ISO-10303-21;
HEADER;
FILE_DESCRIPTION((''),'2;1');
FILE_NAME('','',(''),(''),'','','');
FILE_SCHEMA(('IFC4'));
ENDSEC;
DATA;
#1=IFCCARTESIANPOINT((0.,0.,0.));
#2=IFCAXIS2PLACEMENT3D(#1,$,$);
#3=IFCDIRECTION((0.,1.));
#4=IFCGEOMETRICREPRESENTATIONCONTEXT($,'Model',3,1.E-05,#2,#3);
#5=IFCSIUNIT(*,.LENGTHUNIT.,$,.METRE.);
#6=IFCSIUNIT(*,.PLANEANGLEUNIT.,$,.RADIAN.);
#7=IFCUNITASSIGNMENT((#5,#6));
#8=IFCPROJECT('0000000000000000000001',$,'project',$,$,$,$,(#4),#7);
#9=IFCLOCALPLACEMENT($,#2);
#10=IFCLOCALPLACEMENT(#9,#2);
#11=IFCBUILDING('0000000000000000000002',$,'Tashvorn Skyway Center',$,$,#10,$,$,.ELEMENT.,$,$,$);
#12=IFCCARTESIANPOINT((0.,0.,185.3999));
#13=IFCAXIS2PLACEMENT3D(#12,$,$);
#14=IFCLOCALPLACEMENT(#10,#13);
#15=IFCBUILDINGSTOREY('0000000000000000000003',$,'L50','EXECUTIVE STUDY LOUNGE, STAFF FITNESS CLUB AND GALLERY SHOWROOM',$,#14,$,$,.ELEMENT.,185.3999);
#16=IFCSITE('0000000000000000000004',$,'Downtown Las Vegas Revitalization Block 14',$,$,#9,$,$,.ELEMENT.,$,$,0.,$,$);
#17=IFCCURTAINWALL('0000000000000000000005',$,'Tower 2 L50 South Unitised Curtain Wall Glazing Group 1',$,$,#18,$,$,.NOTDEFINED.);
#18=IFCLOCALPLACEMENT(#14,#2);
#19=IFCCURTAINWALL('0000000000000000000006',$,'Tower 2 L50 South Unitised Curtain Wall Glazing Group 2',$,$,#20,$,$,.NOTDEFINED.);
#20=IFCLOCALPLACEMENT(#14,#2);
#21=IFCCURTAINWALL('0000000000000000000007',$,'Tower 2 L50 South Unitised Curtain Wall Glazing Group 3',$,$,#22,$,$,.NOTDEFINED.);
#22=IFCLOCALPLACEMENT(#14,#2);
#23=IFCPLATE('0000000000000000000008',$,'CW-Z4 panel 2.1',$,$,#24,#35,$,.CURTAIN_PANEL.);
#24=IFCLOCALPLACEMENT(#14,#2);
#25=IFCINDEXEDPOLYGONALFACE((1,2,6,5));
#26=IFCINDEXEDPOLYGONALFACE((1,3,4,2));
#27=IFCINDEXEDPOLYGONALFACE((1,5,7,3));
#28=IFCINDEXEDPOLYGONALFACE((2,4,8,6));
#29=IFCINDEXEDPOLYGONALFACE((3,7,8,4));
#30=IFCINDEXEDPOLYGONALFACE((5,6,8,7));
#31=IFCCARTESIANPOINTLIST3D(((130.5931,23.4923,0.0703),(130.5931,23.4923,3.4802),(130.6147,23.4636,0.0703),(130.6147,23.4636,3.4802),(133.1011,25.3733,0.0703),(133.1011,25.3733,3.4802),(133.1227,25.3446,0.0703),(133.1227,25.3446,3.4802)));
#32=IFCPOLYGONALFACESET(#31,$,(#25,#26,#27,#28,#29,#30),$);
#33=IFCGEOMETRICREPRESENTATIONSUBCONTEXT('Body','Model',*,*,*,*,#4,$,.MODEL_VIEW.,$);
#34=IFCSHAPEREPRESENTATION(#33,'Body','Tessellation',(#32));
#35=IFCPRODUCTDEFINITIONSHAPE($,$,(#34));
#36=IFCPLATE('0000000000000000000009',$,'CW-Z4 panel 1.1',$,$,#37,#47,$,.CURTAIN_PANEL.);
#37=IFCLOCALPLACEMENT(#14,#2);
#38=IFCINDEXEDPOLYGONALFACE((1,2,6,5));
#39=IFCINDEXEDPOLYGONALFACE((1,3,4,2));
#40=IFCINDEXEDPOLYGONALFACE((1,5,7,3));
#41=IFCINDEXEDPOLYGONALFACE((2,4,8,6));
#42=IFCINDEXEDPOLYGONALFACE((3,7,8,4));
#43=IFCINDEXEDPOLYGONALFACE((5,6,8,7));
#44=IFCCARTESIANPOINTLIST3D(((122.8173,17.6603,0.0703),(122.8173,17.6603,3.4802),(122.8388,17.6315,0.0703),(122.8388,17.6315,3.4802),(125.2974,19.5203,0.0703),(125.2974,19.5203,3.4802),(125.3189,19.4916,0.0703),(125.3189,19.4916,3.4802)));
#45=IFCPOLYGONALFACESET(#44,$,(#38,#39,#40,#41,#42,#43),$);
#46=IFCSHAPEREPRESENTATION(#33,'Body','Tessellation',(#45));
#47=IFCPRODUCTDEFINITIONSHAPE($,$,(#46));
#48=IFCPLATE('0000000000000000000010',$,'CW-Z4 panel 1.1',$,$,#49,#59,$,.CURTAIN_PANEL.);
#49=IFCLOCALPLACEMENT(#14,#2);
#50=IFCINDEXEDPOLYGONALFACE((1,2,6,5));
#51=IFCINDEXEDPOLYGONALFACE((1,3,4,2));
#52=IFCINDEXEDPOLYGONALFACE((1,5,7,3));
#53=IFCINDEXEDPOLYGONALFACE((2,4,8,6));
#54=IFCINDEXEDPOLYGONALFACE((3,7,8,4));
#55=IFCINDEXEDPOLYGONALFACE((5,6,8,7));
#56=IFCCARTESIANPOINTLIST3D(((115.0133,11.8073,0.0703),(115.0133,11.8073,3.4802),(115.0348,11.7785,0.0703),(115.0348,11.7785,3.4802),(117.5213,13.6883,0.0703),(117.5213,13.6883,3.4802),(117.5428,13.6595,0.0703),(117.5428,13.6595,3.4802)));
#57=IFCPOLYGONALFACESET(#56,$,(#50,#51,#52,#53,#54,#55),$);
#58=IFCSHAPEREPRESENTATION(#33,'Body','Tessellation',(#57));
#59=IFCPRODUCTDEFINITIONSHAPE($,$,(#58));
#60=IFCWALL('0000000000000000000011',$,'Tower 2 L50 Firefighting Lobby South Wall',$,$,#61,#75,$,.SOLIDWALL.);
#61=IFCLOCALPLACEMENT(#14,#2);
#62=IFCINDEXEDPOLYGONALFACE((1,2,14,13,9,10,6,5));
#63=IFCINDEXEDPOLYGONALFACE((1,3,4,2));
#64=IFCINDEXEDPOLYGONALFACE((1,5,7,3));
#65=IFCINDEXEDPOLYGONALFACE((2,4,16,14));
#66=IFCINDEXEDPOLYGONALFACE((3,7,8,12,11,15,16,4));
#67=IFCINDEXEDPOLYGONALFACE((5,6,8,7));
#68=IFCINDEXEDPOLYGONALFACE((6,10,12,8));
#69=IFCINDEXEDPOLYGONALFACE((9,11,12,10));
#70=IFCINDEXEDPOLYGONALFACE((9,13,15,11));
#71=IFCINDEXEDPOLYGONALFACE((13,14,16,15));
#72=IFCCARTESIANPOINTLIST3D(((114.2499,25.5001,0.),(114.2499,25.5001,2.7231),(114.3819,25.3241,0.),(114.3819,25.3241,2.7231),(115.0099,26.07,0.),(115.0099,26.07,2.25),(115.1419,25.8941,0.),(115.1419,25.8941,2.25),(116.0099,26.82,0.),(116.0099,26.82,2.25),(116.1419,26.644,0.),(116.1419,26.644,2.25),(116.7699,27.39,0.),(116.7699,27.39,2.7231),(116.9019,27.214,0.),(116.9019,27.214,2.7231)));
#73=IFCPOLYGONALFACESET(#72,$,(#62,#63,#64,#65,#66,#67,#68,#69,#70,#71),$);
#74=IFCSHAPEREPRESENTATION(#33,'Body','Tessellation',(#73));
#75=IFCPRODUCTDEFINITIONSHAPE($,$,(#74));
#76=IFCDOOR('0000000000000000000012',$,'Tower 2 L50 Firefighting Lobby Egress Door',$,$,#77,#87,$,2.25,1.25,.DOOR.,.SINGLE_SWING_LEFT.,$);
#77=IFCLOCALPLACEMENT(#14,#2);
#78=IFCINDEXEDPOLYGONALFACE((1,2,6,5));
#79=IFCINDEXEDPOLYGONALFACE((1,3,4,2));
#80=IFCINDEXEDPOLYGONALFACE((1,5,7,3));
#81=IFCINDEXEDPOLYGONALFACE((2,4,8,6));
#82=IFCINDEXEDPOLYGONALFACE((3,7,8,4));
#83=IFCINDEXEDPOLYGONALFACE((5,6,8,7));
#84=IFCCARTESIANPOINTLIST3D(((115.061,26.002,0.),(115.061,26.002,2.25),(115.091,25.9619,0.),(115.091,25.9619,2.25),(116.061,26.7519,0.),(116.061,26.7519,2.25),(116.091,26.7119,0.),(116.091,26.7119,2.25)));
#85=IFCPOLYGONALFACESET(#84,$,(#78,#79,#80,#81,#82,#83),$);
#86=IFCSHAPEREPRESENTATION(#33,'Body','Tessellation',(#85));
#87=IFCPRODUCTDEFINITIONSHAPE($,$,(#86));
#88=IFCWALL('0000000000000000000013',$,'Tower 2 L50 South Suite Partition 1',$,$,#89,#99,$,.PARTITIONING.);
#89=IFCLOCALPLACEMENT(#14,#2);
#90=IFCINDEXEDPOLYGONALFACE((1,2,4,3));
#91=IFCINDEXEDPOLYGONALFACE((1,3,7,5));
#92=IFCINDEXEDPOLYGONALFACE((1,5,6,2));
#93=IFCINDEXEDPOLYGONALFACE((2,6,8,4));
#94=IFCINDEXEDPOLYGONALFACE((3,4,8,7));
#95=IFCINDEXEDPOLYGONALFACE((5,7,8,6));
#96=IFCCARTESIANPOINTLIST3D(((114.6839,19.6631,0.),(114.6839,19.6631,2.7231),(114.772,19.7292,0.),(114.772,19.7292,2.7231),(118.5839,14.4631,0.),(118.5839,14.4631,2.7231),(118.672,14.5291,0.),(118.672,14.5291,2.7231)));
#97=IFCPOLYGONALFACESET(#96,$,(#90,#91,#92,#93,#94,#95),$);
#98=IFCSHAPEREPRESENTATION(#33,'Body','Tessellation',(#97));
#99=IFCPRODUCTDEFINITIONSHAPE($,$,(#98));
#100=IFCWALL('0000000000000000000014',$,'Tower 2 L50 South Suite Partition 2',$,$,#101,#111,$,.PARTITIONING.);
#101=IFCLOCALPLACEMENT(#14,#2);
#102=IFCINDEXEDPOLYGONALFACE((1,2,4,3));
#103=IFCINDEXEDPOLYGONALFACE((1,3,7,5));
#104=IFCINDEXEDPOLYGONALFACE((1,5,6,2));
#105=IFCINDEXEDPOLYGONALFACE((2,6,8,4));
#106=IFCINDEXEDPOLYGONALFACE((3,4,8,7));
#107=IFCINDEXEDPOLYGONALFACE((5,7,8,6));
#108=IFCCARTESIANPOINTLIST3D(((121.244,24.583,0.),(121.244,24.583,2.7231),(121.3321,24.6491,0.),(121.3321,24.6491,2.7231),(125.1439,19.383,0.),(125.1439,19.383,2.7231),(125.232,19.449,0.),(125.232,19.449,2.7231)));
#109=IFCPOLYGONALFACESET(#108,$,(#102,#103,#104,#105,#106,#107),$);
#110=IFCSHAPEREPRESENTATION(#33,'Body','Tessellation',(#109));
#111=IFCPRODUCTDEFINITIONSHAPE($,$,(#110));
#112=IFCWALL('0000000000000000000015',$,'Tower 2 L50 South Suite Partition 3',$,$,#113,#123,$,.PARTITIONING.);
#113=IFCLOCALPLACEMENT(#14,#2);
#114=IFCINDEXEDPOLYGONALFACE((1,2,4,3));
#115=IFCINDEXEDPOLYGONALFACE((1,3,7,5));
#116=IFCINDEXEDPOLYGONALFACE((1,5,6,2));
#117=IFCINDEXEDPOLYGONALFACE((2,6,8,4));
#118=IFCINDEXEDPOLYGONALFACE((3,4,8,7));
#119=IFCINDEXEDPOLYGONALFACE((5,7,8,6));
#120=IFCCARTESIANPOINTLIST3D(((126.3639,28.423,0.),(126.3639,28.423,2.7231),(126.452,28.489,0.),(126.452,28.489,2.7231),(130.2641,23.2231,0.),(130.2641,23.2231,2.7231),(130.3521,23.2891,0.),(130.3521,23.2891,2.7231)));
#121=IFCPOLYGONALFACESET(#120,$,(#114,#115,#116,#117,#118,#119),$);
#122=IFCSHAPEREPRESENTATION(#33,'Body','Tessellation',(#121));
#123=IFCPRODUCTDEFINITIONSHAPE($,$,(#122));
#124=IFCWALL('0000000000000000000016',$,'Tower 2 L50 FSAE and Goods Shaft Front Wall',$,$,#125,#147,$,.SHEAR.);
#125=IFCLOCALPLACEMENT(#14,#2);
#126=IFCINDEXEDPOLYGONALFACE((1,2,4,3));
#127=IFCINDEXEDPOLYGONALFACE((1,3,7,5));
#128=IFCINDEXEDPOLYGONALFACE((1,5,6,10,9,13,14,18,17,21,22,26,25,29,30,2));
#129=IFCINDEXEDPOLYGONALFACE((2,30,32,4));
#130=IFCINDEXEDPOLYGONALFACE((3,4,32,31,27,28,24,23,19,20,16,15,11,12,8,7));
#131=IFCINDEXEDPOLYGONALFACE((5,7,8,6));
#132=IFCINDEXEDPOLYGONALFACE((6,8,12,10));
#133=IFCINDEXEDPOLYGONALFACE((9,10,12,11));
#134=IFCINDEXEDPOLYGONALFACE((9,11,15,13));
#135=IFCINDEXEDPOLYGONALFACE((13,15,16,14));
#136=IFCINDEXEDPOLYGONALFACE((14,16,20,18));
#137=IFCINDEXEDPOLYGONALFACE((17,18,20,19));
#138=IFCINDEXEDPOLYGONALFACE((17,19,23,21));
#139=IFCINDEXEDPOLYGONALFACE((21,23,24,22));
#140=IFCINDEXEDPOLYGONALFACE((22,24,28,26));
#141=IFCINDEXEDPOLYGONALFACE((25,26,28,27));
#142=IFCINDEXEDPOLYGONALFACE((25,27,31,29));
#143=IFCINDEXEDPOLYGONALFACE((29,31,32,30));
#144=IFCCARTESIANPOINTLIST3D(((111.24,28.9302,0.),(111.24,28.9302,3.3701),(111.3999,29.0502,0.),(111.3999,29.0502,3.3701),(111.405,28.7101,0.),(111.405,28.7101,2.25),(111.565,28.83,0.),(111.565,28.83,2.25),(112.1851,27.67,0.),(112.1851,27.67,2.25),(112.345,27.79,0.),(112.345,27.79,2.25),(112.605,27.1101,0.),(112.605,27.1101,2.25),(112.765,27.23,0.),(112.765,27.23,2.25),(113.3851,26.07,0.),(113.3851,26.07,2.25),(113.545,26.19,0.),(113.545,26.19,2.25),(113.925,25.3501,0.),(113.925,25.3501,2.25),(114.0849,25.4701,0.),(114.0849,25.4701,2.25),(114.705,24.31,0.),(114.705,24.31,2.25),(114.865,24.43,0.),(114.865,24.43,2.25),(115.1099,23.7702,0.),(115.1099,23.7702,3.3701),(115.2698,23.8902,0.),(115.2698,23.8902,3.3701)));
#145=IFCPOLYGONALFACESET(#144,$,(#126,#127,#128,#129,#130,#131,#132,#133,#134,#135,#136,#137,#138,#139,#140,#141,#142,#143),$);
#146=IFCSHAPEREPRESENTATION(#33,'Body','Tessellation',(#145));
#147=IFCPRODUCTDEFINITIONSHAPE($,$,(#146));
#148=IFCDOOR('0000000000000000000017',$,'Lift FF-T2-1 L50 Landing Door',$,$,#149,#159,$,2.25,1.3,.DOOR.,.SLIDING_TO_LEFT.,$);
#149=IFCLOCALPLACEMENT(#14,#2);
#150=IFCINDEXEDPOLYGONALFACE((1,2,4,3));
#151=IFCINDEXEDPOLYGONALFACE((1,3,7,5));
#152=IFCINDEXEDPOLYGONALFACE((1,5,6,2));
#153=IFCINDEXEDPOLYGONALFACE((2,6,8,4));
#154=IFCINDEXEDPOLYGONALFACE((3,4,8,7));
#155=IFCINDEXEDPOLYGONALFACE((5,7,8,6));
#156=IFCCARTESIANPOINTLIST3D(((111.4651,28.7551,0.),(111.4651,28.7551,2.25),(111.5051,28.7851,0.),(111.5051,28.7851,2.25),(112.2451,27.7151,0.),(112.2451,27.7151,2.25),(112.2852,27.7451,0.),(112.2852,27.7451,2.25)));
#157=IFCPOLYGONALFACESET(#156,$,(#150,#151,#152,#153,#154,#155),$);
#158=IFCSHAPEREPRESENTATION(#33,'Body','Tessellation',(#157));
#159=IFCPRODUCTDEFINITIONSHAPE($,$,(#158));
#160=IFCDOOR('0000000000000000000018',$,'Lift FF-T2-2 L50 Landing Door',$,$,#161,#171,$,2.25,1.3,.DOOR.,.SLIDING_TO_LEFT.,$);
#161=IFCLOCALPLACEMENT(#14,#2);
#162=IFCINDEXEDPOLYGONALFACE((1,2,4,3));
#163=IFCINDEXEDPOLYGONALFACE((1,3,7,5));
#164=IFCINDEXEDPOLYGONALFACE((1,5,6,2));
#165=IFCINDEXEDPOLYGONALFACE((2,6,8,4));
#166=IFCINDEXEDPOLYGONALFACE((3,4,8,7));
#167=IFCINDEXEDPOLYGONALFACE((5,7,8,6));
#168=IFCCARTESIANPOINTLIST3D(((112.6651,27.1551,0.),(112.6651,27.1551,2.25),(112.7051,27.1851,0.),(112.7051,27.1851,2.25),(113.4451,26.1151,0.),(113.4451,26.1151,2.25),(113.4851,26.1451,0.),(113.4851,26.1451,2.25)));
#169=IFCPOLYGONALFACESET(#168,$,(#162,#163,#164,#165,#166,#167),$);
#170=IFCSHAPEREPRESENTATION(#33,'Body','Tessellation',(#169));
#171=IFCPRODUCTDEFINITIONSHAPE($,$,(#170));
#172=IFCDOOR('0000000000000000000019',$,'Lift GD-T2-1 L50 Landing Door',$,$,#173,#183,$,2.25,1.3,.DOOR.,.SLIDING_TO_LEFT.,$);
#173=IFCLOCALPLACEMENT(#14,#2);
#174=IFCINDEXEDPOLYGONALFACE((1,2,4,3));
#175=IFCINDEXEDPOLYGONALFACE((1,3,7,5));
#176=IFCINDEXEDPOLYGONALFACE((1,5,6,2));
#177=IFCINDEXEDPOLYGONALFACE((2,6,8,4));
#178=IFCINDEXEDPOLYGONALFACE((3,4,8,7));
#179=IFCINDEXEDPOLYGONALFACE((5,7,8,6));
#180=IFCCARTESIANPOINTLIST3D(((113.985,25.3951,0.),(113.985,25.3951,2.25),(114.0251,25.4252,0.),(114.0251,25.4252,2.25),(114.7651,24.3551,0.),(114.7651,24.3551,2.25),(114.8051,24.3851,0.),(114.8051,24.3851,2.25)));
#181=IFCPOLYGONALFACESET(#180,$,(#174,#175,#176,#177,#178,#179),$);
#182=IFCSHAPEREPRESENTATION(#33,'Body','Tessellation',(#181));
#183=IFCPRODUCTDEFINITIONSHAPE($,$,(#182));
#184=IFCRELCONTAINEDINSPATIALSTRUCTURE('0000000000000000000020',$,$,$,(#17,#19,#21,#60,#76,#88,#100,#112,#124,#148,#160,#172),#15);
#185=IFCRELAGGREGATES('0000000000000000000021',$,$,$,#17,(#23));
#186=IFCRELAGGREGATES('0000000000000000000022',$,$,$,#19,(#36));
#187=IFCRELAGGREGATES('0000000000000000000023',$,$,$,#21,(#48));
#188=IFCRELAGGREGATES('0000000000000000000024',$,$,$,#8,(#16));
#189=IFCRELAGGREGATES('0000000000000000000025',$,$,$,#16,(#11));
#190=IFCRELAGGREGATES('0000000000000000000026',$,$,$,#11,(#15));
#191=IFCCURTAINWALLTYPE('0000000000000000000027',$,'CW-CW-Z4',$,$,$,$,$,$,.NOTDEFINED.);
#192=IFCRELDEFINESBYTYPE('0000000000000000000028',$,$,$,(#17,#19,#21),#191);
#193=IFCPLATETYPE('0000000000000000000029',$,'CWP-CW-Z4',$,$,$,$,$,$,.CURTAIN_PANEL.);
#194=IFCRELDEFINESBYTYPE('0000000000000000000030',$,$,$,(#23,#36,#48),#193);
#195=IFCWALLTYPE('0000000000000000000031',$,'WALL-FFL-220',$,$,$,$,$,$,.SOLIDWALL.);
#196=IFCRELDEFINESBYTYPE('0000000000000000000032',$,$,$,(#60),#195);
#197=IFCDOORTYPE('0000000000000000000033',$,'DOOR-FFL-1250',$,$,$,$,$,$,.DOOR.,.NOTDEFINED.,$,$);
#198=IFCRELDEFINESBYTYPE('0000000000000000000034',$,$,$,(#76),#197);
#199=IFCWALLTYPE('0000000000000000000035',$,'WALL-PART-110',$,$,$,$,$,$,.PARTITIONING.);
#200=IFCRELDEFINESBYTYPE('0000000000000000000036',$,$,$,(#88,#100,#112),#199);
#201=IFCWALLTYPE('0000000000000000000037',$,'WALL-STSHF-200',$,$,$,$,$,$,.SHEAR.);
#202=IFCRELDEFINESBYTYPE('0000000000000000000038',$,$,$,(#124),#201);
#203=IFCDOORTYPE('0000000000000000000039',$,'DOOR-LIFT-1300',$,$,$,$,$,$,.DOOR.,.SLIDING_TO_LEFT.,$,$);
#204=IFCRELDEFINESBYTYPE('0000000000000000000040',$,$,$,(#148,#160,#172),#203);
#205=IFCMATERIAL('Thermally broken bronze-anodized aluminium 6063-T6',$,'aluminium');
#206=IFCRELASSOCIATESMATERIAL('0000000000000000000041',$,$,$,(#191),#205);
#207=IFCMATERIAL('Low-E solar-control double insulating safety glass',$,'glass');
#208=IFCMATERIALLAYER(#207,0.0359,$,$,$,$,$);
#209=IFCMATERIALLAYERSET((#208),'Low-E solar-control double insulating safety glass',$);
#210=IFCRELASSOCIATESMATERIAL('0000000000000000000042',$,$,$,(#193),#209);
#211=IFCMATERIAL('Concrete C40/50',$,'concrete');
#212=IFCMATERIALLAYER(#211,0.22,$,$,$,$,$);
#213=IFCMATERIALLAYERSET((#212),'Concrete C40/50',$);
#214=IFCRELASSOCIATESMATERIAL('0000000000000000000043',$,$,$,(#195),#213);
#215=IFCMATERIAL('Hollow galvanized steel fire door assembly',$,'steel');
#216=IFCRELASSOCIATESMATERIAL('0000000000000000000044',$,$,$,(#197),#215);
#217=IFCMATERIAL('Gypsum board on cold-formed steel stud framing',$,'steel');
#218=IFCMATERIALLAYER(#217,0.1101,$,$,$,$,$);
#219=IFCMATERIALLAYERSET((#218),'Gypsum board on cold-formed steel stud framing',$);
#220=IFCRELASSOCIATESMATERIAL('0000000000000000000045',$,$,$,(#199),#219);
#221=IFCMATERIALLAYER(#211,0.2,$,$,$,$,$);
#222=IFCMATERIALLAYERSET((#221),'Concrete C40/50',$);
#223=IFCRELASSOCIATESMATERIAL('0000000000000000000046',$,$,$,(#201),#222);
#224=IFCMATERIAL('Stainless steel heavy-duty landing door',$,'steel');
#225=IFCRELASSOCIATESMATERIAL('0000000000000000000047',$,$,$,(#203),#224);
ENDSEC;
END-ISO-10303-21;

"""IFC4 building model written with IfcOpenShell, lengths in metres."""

from ifc_helpers import new_model, si_unit, direction, frame, frame_2d, origin, origin_2d, place, context, subcontext, project, spatial, rectangle, extrude, material, layer, layer_set, type_object, element, fill, aggregate, save


model = new_model("IFC4")

# Units and contexts
model_context = context("Model", 3, precision=1e-05, world=origin(), true_north=direction((0.0, 1.0)))
body_context = subcontext(model_context, "Body", "Model", "MODEL_VIEW")
ifc_project = project(units=[si_unit("LENGTHUNIT", "METRE"), si_unit("PLANEANGLEUNIT", "RADIAN")], contexts=[model_context])

# Site, building, storey
site_placement = place(None, origin())
site = spatial("IfcSite", under=ifc_project, at=site_placement, Name="Downtown Las Vegas Revitalization Block 14", CompositionType="ELEMENT", RefElevation=0.0)
building_placement = place(site_placement, origin())
building = spatial("IfcBuilding", under=site, at=building_placement, Name="Tashvorn Skyway Center", CompositionType="ELEMENT")
storey_placement = place(building_placement, frame((0.0, 0.0, 185.3999)))
storey = spatial("IfcBuildingStorey", under=building, at=storey_placement, Name="L50", Description="EXECUTIVE STUDY LOUNGE, STAFF FITNESS CLUB AND GALLERY SHOWROOM", CompositionType="ELEMENT", Elevation=185.3999)

# Curtain walls
ifc_material_1 = material(Name="Thermally broken bronze-anodized aluminium 6063-T6", Category="aluminium")
curtain_wall_type = type_object("IfcCurtainWallType", Name="CW-CW-Z4", PredefinedType="NOTDEFINED", material=ifc_material_1)
curtain_wall_1_placement = place(storey_placement, origin())
curtain_wall_1 = element("IfcCurtainWall", 1, at=curtain_wall_1_placement, inside=storey, type_object=curtain_wall_type, Name="Tower 2 L50 South Unitised Curtain Wall Glazing Group 1", PredefinedType="NOTDEFINED")
curtain_wall_2_placement = place(storey_placement, origin())
curtain_wall_2 = element("IfcCurtainWall", 2, at=curtain_wall_2_placement, inside=storey, type_object=curtain_wall_type, Name="Tower 2 L50 South Unitised Curtain Wall Glazing Group 2", PredefinedType="NOTDEFINED")
curtain_wall_3_placement = place(storey_placement, origin())
curtain_wall_3 = element("IfcCurtainWall", 3, at=curtain_wall_3_placement, inside=storey, type_object=curtain_wall_type, Name="Tower 2 L50 South Unitised Curtain Wall Glazing Group 3", PredefinedType="NOTDEFINED")

# Plates
ifc_material_2 = material(Name="Low-E solar-control double insulating safety glass", Category="glass")
ifc_layer_1 = layer(ifc_material_2, 0.0359)
ifc_layer_set_1 = layer_set([ifc_layer_1], Name="Low-E solar-control double insulating safety glass")
plate_type = type_object("IfcPlateType", Name="CWP-CW-Z4", PredefinedType="CURTAIN_PANEL", material=ifc_layer_set_1)
plate_1_placement = place(storey_placement, frame((131.8579, 24.4185, 0.0703), z_axis=(0.0, 0.0, 1.0), x_axis=(-0.8, -0.6, 0.0)))
plate_1 = element("IfcPlate", 4, at=plate_1_placement, type_object=plate_type, Name="CW-Z4 panel 2.1", PredefinedType="CURTAIN_PANEL", context=body_context, shape_type="SweptSolid", body=[
    extrude(rectangle(XDim=3.135, YDim=0.0359, at=origin_2d()), origin(), (0.0, 0.0, 1.0), 3.4099),
])
aggregate(curtain_wall_1, [plate_1])
plate_2_placement = place(storey_placement, frame((124.0681, 18.5759, 0.0703), z_axis=(0.0, 0.0, 1.0), x_axis=(-0.8, -0.6, 0.0)))
plate_2 = element("IfcPlate", 5, at=plate_2_placement, type_object=plate_type, Name="CW-Z4 panel 1.1", PredefinedType="CURTAIN_PANEL", context=body_context, shape_type="SweptSolid", body=[
    extrude(rectangle(XDim=3.1001, YDim=0.0359, at=origin_2d()), origin(), (0.0, 0.0, 1.0), 3.4099),
])
aggregate(curtain_wall_2, [plate_2])
plate_3_placement = place(storey_placement, frame((116.2781, 12.7334, 0.0703), z_axis=(0.0, 0.0, 1.0), x_axis=(-0.8, -0.6, 0.0)))
plate_3 = element("IfcPlate", 6, at=plate_3_placement, type_object=plate_type, Name="CW-Z4 panel 1.1", PredefinedType="CURTAIN_PANEL", context=body_context, shape_type="SweptSolid", body=[
    extrude(rectangle(XDim=3.135, YDim=0.0359, at=origin_2d()), origin(), (0.0, 0.0, 1.0), 3.4099),
])
aggregate(curtain_wall_3, [plate_3])

# Wall, opening, door
ifc_material_3 = material(Name="Concrete C40/50", Category="concrete")
ifc_layer_2 = layer(ifc_material_3, 0.22)
ifc_layer_set_2 = layer_set([ifc_layer_2], Name="Concrete C40/50")
wall_type_1 = type_object("IfcWallType", Name="WALL-FFL-220", PredefinedType="SOLIDWALL", material=ifc_layer_set_2)
wall_1_placement = place(storey_placement, frame((114.3159, 25.4121, 0.0), z_axis=(0.0, 0.0, 1.0), x_axis=(0.800019, 0.599975, 0.0)))
wall_1 = element("IfcWall", 7, at=wall_1_placement, inside=storey, type_object=wall_type_1, Name="Tower 2 L50 Firefighting Lobby South Wall", PredefinedType="SOLIDWALL", context=body_context, shape_type="SweptSolid", body=[
    extrude(rectangle(XDim=3.1499, YDim=0.22, at=frame_2d((1.575, 0.0))), origin(), (0.0, 0.0, 1.0), 2.7231),
])
opening_1_placement = place(wall_1_placement, frame((0.95, 0.0, 0.0)))
opening_1 = element("IfcOpeningElement", 8, at=opening_1_placement, cuts=wall_1, PredefinedType="OPENING", context=body_context, shape_type="SweptSolid", body=[
    extrude(rectangle(XDim=1.25, YDim=2.25, at=frame_2d((0.625, 1.125))), frame((0.0, 0.1199, 0.0), z_axis=(0.0, -1.0, 0.0), x_axis=(1.0, 0.0, 0.0)), (0.0, 0.0, 1.0), 0.24),
])
ifc_material_4 = material(Name="Hollow galvanized steel fire door assembly", Category="steel")
door_type_1 = type_object("IfcDoorType", Name="DOOR-FFL-1250", OperationType="NOTDEFINED", PredefinedType="DOOR", material=ifc_material_4)
door_1_placement = place(opening_1_placement, origin())
door_1 = element("IfcDoor", 9, at=door_1_placement, inside=storey, type_object=door_type_1, Name="Tower 2 L50 Firefighting Lobby Egress Door", OperationType="SINGLE_SWING_LEFT", OverallHeight=2.25, OverallWidth=1.25, PredefinedType="DOOR", context=body_context, shape_type="SweptSolid", body=[
    extrude(rectangle(XDim=1.25, YDim=2.25, at=frame_2d((0.625, 1.125))), frame((0.0, 0.0249, 0.0), z_axis=(0.0, -1.0, 0.0), x_axis=(1.0, 0.0, 0.0)), (0.0, 0.0, 1.0), 0.05),
])
fill(opening_1, door_1)

# Walls
ifc_material_5 = material(Name="Gypsum board on cold-formed steel stud framing", Category="steel")
ifc_layer_3 = layer(ifc_material_5, 0.1101)
ifc_layer_set_3 = layer_set([ifc_layer_3], Name="Gypsum board on cold-formed steel stud framing")
wall_type_2 = type_object("IfcWallType", Name="WALL-PART-110", PredefinedType="PARTITIONING", material=ifc_layer_set_3)
for number, where, z_axis, x_axis, name in (
    (10, (118.6279, 14.4961, 0.0), (0.0, 0.0, 1.0), (-0.599994, 0.800005, 0.0), "Tower 2 L50 South Suite Partition 1"),
    (11, (125.188, 19.416, 0.0), (0.0, 0.0, 1.0), (-0.599994, 0.800005, 0.0), "Tower 2 L50 South Suite Partition 2"),
    (12, (130.3081, 23.2561, 0.0), (0.0, 0.0, 1.0), (-0.600018, 0.799986, 0.0), "Tower 2 L50 South Suite Partition 3"),
):
    element("IfcWall", number, at=place(storey_placement, frame(where, z_axis=z_axis, x_axis=x_axis)), inside=storey, type_object=wall_type_2, Name=name, PredefinedType="PARTITIONING", context=body_context, shape_type="SweptSolid", body=[
        extrude(rectangle(XDim=6.5, YDim=0.1101, at=frame_2d((3.25, 0.0))), origin(), (0.0, 0.0, 1.0), 2.7231),
    ])

# Wall, openings, doors
ifc_layer_4 = layer(ifc_material_3, 0.2)
ifc_layer_set_4 = layer_set([ifc_layer_4], Name="Concrete C40/50")
wall_type_3 = type_object("IfcWallType", Name="WALL-STSHF-200", PredefinedType="SHEAR", material=ifc_layer_set_4)
wall_2_placement = place(storey_placement, frame((115.1899, 23.8301, 0.0), z_axis=(0.0, 0.0, 1.0), x_axis=(-0.599994, 0.800005, 0.0)))
wall_2 = element("IfcWall", 13, at=wall_2_placement, inside=storey, type_object=wall_type_3, Name="Tower 2 L50 FSAE and Goods Shaft Front Wall", PredefinedType="SHEAR", context=body_context, shape_type="SweptSolid", body=[
    extrude(rectangle(XDim=6.45, YDim=0.2, at=frame_2d((3.2251, 0.0))), origin(), (0.0, 0.0, 1.0), 3.3701),
])
opening_2_placement = place(wall_2_placement, frame((4.875, 0.0, 0.0)))
opening_2 = element("IfcOpeningElement", 14, at=opening_2_placement, cuts=wall_2, PredefinedType="OPENING", context=body_context, shape_type="SweptSolid", body=[
    extrude(rectangle(XDim=1.3, YDim=2.25, at=frame_2d((0.6499, 1.125))), frame((0.0, 0.1099, 0.0), z_axis=(0.0, -1.0, 0.0), x_axis=(1.0, 0.0, 0.0)), (0.0, 0.0, 1.0), 0.22),
])
opening_3_placement = place(wall_2_placement, frame((2.875, 0.0, 0.0)))
opening_3 = element("IfcOpeningElement", 15, at=opening_3_placement, cuts=wall_2, PredefinedType="OPENING", context=body_context, shape_type="SweptSolid", body=[
    extrude(rectangle(XDim=1.3, YDim=2.25, at=frame_2d((0.6499, 1.125))), frame((0.0, 0.1099, 0.0), z_axis=(0.0, -1.0, 0.0), x_axis=(1.0, 0.0, 0.0)), (0.0, 0.0, 1.0), 0.22),
])
opening_4_placement = place(wall_2_placement, frame((0.675, 0.0, 0.0)))
opening_4 = element("IfcOpeningElement", 16, at=opening_4_placement, cuts=wall_2, PredefinedType="OPENING", context=body_context, shape_type="SweptSolid", body=[
    extrude(rectangle(XDim=1.3, YDim=2.25, at=frame_2d((0.6499, 1.125))), frame((0.0, 0.1099, 0.0), z_axis=(0.0, -1.0, 0.0), x_axis=(1.0, 0.0, 0.0)), (0.0, 0.0, 1.0), 0.22),
])
ifc_material_6 = material(Name="Stainless steel heavy-duty landing door", Category="steel")
door_type_2 = type_object("IfcDoorType", Name="DOOR-LIFT-1300", OperationType="SLIDING_TO_LEFT", PredefinedType="DOOR", material=ifc_material_6)
door_2_placement = place(opening_2_placement, origin())
door_2 = element("IfcDoor", 17, at=door_2_placement, inside=storey, type_object=door_type_2, Name="Lift FF-T2-1 L50 Landing Door", OperationType="SLIDING_TO_LEFT", OverallHeight=2.25, OverallWidth=1.3, PredefinedType="DOOR", context=body_context, shape_type="SweptSolid", body=[
    extrude(rectangle(XDim=1.3, YDim=2.25, at=frame_2d((0.6499, 1.125))), frame((0.0, 0.0249, 0.0), z_axis=(0.0, -1.0, 0.0), x_axis=(1.0, 0.0, 0.0)), (0.0, 0.0, 1.0), 0.05),
])
fill(opening_2, door_2)
door_3_placement = place(opening_3_placement, origin())
door_3 = element("IfcDoor", 18, at=door_3_placement, inside=storey, type_object=door_type_2, Name="Lift FF-T2-2 L50 Landing Door", OperationType="SLIDING_TO_LEFT", OverallHeight=2.25, OverallWidth=1.3, PredefinedType="DOOR", context=body_context, shape_type="SweptSolid", body=[
    extrude(rectangle(XDim=1.3, YDim=2.25, at=frame_2d((0.6499, 1.125))), frame((0.0, 0.0249, 0.0), z_axis=(0.0, -1.0, 0.0), x_axis=(1.0, 0.0, 0.0)), (0.0, 0.0, 1.0), 0.05),
])
fill(opening_3, door_3)
door_4_placement = place(opening_4_placement, origin())
door_4 = element("IfcDoor", 19, at=door_4_placement, inside=storey, type_object=door_type_2, Name="Lift GD-T2-1 L50 Landing Door", OperationType="SLIDING_TO_LEFT", OverallHeight=2.25, OverallWidth=1.3, PredefinedType="DOOR", context=body_context, shape_type="SweptSolid", body=[
    extrude(rectangle(XDim=1.3, YDim=2.25, at=frame_2d((0.6499, 1.125))), frame((0.0, 0.0249, 0.0), z_axis=(0.0, -1.0, 0.0), x_axis=(1.0, 0.0, 0.0)), (0.0, 0.0, 1.0), 0.05),
])
fill(opening_4, door_4)

save(model, "model.ifc")
